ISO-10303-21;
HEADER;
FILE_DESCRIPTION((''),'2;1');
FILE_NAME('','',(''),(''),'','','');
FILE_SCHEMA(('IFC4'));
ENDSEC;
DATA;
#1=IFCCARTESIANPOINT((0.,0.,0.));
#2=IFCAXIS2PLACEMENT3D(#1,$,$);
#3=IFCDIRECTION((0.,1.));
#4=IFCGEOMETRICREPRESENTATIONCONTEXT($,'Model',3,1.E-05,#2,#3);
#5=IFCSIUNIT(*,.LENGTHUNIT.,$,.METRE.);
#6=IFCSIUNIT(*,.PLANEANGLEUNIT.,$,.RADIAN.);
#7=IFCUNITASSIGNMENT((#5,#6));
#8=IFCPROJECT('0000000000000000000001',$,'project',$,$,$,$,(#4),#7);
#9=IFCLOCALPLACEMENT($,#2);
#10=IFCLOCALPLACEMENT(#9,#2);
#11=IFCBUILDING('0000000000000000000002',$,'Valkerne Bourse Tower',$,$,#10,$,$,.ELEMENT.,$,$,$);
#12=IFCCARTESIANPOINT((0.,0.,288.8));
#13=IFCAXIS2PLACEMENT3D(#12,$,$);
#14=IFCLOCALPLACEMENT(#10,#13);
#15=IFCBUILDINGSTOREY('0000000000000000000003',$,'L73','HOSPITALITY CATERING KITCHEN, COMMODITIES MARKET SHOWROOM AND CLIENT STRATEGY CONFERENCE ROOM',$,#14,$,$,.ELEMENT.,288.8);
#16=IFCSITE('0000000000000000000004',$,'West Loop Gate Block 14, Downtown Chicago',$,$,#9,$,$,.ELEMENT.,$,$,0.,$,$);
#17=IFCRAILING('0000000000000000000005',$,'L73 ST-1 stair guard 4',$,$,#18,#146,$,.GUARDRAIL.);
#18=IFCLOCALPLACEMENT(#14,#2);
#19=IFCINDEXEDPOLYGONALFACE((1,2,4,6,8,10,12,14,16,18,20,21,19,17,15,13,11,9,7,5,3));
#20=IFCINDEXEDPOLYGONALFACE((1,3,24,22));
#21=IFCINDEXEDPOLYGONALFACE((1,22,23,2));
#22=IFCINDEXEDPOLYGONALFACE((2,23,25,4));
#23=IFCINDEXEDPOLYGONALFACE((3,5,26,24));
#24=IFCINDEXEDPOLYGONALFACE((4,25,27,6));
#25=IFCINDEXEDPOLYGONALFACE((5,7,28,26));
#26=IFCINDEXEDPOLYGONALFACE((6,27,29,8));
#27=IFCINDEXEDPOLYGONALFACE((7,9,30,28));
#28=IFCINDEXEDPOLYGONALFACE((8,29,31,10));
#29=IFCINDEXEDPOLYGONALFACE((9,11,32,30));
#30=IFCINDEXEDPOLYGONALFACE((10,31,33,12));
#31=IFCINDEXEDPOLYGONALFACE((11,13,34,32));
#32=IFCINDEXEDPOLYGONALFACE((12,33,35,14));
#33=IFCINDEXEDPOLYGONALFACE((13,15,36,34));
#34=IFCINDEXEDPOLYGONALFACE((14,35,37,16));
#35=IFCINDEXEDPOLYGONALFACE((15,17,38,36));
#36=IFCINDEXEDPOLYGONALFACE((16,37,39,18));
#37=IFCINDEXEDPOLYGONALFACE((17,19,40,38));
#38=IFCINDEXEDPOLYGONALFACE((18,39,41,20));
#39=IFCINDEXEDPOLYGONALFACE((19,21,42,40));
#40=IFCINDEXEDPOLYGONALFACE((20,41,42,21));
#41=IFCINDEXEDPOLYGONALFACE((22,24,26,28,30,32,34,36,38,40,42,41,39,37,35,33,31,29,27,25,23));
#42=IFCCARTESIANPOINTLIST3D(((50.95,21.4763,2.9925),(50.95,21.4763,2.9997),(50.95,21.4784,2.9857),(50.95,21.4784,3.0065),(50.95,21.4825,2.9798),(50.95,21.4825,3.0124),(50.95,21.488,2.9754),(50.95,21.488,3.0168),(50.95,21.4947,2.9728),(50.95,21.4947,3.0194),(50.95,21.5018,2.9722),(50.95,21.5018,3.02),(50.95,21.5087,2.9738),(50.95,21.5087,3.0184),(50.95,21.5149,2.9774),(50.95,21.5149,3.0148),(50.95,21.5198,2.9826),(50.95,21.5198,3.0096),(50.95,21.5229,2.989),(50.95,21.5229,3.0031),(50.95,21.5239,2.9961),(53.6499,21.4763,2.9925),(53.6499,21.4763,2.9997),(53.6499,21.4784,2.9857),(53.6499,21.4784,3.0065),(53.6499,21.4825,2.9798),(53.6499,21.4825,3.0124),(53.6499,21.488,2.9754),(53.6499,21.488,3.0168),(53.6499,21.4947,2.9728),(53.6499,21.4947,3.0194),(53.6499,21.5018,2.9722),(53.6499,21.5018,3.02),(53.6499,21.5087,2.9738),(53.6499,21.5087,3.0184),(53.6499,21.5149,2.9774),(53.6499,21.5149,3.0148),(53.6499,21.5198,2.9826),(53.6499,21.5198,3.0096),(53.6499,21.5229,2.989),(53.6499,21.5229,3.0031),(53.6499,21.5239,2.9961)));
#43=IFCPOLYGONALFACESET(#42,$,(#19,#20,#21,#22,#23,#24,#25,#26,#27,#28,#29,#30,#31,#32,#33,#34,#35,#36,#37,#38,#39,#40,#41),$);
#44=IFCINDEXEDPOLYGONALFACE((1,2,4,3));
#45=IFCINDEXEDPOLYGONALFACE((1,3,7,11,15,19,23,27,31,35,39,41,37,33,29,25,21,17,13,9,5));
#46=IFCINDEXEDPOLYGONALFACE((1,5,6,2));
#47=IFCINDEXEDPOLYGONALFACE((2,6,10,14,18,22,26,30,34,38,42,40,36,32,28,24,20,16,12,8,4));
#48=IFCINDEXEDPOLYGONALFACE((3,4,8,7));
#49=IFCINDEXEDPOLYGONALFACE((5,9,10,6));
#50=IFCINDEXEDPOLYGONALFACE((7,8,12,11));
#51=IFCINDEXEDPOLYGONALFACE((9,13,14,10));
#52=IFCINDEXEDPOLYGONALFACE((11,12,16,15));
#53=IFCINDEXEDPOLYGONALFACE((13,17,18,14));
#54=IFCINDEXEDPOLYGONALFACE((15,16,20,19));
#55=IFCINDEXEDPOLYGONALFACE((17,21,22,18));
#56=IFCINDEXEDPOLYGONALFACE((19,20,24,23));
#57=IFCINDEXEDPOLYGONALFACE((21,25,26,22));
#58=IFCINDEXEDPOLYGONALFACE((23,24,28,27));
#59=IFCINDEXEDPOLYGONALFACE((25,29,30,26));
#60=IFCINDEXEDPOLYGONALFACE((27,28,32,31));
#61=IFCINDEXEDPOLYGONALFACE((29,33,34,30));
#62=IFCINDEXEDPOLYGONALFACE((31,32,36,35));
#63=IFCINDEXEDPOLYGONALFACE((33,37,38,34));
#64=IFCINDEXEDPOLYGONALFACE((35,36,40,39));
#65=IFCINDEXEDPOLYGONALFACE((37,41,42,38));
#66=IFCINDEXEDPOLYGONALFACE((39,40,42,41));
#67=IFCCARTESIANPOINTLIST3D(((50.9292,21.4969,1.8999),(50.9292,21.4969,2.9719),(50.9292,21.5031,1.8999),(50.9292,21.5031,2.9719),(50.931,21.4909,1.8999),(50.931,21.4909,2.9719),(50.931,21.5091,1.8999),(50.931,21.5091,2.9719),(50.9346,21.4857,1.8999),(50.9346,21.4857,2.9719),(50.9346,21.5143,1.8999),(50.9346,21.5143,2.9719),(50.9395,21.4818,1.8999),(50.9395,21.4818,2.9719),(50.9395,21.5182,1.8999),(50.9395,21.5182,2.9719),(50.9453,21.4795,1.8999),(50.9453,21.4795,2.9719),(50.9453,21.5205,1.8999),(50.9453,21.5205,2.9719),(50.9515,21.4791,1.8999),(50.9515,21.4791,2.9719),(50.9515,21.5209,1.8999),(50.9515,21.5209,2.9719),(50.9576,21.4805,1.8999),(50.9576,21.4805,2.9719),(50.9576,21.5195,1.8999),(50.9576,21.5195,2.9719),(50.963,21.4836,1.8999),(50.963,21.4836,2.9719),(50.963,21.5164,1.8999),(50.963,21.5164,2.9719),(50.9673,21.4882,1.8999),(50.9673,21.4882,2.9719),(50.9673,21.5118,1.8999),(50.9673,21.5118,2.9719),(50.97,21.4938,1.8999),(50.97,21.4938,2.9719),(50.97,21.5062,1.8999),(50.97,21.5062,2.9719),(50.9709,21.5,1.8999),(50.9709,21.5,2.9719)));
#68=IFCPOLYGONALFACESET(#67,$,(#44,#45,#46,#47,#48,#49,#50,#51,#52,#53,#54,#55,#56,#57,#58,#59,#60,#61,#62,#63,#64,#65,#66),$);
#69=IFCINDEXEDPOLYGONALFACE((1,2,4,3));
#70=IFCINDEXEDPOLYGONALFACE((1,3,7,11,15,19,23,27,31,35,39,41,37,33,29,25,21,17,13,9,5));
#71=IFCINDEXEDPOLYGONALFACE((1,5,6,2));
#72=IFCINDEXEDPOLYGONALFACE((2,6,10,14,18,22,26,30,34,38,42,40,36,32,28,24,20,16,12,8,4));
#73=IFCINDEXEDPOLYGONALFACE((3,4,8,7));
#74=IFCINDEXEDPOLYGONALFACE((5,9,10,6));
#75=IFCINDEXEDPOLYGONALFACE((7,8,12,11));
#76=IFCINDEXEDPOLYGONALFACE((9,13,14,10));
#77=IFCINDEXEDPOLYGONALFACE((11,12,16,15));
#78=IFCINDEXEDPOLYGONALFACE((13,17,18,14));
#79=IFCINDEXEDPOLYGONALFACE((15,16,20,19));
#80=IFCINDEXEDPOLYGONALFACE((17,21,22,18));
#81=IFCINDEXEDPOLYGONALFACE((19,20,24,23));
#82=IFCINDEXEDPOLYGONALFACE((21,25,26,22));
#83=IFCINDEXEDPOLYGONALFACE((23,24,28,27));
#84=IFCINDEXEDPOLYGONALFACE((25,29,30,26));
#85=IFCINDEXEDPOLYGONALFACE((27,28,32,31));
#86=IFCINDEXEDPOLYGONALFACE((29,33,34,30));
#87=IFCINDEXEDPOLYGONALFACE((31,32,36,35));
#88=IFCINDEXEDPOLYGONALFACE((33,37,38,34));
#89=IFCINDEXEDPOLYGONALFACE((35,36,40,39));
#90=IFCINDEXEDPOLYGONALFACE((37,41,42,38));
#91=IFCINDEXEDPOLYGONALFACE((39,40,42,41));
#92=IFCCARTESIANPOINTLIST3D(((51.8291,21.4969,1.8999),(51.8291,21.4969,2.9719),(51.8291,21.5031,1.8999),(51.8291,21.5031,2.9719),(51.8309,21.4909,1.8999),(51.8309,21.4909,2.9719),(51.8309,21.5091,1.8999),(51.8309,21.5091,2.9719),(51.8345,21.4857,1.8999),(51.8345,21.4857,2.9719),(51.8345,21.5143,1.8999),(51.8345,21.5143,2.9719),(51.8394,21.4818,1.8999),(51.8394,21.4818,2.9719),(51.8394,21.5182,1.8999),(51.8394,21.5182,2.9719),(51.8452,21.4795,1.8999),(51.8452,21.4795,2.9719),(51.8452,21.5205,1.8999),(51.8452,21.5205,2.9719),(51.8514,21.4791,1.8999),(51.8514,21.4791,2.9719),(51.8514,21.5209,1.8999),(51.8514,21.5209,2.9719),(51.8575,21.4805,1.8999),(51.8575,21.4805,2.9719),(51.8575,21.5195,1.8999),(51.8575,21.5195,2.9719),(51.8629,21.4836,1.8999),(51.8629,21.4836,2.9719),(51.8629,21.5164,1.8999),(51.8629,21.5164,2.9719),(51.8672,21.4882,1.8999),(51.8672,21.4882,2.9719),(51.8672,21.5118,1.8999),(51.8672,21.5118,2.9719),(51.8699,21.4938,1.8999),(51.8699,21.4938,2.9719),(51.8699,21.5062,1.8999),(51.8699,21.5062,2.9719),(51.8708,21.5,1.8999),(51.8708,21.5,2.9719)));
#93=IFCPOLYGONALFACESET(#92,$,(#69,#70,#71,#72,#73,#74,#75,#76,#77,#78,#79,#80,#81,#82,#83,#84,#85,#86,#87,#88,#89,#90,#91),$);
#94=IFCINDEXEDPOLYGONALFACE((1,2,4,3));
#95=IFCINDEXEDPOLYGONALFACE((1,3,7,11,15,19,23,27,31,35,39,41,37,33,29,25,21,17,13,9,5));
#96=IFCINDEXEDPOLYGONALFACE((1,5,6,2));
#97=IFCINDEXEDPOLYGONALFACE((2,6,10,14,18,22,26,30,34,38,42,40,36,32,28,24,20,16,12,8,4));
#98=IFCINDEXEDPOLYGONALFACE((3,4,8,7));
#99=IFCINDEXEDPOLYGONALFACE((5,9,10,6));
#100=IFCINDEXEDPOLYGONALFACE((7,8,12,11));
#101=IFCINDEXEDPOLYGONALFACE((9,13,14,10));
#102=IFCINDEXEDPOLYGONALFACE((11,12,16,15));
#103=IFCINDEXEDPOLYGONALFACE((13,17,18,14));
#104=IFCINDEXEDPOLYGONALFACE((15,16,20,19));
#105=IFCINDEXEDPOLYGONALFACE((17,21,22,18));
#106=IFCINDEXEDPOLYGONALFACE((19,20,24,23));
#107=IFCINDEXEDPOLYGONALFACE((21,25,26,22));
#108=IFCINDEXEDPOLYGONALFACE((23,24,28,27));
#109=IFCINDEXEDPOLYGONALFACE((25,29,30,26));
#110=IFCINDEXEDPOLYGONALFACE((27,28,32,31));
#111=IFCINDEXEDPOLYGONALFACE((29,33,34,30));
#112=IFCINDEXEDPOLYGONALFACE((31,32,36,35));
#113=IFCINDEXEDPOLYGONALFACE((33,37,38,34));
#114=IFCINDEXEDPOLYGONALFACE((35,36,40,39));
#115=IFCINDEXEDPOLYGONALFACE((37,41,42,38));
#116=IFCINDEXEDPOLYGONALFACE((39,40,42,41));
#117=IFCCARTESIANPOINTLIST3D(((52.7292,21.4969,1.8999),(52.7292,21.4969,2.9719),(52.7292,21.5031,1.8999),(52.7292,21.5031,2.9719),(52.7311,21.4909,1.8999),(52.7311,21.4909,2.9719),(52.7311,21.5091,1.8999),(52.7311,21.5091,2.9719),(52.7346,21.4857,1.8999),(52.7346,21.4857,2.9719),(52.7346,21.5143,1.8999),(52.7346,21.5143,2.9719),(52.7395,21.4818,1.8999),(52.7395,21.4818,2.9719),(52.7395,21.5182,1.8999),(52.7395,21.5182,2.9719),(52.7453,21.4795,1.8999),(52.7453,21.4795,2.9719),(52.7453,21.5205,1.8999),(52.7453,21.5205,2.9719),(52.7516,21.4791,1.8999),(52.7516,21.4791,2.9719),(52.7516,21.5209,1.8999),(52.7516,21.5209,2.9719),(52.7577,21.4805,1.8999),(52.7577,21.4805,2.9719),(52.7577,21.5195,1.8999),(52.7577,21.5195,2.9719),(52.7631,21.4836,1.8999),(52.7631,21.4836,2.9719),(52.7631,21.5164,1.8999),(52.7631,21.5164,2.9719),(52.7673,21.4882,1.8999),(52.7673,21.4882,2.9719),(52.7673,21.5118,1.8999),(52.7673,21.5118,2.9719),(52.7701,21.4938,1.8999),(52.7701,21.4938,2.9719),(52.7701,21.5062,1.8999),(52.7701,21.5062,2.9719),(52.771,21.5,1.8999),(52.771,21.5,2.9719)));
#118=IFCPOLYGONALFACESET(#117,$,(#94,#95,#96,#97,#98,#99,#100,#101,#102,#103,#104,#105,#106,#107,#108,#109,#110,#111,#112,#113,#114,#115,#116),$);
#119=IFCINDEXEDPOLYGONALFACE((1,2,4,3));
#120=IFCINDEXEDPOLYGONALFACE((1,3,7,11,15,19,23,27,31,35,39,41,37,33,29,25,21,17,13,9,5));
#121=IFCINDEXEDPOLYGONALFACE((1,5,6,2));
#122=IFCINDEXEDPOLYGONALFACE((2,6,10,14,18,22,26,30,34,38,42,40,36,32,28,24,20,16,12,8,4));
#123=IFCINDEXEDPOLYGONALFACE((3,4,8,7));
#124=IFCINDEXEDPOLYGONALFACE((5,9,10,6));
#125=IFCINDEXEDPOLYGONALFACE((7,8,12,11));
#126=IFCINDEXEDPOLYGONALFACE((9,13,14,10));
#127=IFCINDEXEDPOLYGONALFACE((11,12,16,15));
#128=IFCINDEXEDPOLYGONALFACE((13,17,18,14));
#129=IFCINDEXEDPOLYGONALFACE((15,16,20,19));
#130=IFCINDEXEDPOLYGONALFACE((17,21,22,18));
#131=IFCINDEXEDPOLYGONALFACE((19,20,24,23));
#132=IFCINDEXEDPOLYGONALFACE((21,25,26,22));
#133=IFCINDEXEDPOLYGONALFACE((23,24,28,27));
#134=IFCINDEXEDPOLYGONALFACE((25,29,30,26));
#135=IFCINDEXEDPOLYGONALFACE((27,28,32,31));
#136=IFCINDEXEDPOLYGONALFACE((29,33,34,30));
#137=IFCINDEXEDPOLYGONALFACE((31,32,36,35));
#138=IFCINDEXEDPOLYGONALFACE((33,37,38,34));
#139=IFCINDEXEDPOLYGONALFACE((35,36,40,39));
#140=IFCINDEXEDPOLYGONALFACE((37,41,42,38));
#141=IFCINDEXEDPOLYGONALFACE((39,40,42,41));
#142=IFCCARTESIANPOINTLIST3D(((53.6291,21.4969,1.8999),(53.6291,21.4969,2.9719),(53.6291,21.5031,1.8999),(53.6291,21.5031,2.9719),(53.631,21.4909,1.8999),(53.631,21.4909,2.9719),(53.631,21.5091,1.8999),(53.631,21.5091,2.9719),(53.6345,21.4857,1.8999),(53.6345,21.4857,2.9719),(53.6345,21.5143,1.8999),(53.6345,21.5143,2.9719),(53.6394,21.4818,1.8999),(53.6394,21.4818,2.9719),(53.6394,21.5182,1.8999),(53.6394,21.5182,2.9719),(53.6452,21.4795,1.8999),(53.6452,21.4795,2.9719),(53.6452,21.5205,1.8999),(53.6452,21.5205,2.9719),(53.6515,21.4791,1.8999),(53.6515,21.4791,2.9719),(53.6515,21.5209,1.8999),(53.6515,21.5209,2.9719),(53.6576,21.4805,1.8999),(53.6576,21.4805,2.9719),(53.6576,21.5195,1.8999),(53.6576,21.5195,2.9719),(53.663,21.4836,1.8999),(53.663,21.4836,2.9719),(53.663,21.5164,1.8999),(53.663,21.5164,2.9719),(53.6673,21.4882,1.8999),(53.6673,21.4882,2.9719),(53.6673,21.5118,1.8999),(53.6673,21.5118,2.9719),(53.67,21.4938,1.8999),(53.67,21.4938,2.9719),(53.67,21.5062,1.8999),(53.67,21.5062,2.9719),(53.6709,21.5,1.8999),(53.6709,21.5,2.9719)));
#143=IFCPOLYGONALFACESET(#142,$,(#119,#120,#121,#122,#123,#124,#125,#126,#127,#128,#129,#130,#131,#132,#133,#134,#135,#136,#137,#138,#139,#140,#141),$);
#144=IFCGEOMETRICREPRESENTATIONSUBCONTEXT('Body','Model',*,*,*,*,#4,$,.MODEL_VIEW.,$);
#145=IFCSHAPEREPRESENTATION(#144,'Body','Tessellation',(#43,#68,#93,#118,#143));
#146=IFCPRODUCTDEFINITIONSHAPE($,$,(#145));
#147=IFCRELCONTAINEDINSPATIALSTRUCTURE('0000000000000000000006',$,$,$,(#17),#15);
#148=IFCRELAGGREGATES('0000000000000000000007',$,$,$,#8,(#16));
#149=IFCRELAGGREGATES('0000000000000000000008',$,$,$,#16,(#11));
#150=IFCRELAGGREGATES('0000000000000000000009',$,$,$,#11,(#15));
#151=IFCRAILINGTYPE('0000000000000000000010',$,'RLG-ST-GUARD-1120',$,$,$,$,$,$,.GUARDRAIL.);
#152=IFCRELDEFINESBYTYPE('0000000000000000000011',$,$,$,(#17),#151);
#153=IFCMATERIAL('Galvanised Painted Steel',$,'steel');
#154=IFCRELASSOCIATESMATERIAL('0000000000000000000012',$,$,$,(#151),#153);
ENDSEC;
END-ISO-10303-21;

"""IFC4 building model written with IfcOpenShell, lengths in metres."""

from ifc_helpers import new_model, si_unit, direction, frame, origin, origin_2d, place, context, subcontext, project, spatial, circle, extrude, material, type_object, element, save


model = new_model("IFC4")

# Units and contexts
model_context = context("Model", 3, precision=1e-05, world=origin(), true_north=direction((0.0, 1.0)))
body_context = subcontext(model_context, "Body", "Model", "MODEL_VIEW")
ifc_project = project(units=[si_unit("LENGTHUNIT", "METRE"), si_unit("PLANEANGLEUNIT", "RADIAN")], contexts=[model_context])

# Site, building, storey
site_placement = place(None, origin())
site = spatial("IfcSite", under=ifc_project, at=site_placement, Name="West Loop Gate Block 14, Downtown Chicago", CompositionType="ELEMENT", RefElevation=0.0)
building_placement = place(site_placement, origin())
building = spatial("IfcBuilding", under=site, at=building_placement, Name="Valkerne Bourse Tower", CompositionType="ELEMENT")
storey_placement = place(building_placement, frame((0.0, 0.0, 288.8)))
storey = spatial("IfcBuildingStorey", under=building, at=storey_placement, Name="L73", Description="HOSPITALITY CATERING KITCHEN, COMMODITIES MARKET SHOWROOM AND CLIENT STRATEGY CONFERENCE ROOM", CompositionType="ELEMENT", Elevation=288.8)

# Shared definitions
ifc_material_1 = material(Name="Galvanised Painted Steel", Category="steel")

# Railing
railing_type_1 = type_object("IfcRailingType", Name="RLG-ST-GUARD-1120", PredefinedType="GUARDRAIL", material=ifc_material_1)
for number, where, name in (
    (1, (50.95, 21.5, 1.8999), "L73 ST-1 stair guard 4"),
):
    element("IfcRailing", number, at=place(storey_placement, frame(where)), inside=storey, type_object=railing_type_1, Name=name, PredefinedType="GUARDRAIL", context=body_context, shape_type="SweptSolid", body=[
        extrude(circle(Radius=0.0239, at=origin_2d()), frame((0.0, 0.0, 1.0962), z_axis=(1.0, 0.0, 0.0), x_axis=(0.0, 1.0, 0.0)), (0.0, 0.0, 1.0), 2.7),
        extrude(circle(Radius=0.021, at=origin_2d()), origin(), (0.0, 0.0, 1.0), 1.072),
        extrude(circle(Radius=0.021, at=origin_2d()), frame((0.8999, 0.0, 0.0)), (0.0, 0.0, 1.0), 1.072),
        extrude(circle(Radius=0.021, at=origin_2d()), frame((1.8, 0.0, 0.0)), (0.0, 0.0, 1.0), 1.072),
        extrude(circle(Radius=0.021, at=origin_2d()), frame((2.7, 0.0, 0.0)), (0.0, 0.0, 1.0), 1.072),
    ])

save(model, "model.ifc")
